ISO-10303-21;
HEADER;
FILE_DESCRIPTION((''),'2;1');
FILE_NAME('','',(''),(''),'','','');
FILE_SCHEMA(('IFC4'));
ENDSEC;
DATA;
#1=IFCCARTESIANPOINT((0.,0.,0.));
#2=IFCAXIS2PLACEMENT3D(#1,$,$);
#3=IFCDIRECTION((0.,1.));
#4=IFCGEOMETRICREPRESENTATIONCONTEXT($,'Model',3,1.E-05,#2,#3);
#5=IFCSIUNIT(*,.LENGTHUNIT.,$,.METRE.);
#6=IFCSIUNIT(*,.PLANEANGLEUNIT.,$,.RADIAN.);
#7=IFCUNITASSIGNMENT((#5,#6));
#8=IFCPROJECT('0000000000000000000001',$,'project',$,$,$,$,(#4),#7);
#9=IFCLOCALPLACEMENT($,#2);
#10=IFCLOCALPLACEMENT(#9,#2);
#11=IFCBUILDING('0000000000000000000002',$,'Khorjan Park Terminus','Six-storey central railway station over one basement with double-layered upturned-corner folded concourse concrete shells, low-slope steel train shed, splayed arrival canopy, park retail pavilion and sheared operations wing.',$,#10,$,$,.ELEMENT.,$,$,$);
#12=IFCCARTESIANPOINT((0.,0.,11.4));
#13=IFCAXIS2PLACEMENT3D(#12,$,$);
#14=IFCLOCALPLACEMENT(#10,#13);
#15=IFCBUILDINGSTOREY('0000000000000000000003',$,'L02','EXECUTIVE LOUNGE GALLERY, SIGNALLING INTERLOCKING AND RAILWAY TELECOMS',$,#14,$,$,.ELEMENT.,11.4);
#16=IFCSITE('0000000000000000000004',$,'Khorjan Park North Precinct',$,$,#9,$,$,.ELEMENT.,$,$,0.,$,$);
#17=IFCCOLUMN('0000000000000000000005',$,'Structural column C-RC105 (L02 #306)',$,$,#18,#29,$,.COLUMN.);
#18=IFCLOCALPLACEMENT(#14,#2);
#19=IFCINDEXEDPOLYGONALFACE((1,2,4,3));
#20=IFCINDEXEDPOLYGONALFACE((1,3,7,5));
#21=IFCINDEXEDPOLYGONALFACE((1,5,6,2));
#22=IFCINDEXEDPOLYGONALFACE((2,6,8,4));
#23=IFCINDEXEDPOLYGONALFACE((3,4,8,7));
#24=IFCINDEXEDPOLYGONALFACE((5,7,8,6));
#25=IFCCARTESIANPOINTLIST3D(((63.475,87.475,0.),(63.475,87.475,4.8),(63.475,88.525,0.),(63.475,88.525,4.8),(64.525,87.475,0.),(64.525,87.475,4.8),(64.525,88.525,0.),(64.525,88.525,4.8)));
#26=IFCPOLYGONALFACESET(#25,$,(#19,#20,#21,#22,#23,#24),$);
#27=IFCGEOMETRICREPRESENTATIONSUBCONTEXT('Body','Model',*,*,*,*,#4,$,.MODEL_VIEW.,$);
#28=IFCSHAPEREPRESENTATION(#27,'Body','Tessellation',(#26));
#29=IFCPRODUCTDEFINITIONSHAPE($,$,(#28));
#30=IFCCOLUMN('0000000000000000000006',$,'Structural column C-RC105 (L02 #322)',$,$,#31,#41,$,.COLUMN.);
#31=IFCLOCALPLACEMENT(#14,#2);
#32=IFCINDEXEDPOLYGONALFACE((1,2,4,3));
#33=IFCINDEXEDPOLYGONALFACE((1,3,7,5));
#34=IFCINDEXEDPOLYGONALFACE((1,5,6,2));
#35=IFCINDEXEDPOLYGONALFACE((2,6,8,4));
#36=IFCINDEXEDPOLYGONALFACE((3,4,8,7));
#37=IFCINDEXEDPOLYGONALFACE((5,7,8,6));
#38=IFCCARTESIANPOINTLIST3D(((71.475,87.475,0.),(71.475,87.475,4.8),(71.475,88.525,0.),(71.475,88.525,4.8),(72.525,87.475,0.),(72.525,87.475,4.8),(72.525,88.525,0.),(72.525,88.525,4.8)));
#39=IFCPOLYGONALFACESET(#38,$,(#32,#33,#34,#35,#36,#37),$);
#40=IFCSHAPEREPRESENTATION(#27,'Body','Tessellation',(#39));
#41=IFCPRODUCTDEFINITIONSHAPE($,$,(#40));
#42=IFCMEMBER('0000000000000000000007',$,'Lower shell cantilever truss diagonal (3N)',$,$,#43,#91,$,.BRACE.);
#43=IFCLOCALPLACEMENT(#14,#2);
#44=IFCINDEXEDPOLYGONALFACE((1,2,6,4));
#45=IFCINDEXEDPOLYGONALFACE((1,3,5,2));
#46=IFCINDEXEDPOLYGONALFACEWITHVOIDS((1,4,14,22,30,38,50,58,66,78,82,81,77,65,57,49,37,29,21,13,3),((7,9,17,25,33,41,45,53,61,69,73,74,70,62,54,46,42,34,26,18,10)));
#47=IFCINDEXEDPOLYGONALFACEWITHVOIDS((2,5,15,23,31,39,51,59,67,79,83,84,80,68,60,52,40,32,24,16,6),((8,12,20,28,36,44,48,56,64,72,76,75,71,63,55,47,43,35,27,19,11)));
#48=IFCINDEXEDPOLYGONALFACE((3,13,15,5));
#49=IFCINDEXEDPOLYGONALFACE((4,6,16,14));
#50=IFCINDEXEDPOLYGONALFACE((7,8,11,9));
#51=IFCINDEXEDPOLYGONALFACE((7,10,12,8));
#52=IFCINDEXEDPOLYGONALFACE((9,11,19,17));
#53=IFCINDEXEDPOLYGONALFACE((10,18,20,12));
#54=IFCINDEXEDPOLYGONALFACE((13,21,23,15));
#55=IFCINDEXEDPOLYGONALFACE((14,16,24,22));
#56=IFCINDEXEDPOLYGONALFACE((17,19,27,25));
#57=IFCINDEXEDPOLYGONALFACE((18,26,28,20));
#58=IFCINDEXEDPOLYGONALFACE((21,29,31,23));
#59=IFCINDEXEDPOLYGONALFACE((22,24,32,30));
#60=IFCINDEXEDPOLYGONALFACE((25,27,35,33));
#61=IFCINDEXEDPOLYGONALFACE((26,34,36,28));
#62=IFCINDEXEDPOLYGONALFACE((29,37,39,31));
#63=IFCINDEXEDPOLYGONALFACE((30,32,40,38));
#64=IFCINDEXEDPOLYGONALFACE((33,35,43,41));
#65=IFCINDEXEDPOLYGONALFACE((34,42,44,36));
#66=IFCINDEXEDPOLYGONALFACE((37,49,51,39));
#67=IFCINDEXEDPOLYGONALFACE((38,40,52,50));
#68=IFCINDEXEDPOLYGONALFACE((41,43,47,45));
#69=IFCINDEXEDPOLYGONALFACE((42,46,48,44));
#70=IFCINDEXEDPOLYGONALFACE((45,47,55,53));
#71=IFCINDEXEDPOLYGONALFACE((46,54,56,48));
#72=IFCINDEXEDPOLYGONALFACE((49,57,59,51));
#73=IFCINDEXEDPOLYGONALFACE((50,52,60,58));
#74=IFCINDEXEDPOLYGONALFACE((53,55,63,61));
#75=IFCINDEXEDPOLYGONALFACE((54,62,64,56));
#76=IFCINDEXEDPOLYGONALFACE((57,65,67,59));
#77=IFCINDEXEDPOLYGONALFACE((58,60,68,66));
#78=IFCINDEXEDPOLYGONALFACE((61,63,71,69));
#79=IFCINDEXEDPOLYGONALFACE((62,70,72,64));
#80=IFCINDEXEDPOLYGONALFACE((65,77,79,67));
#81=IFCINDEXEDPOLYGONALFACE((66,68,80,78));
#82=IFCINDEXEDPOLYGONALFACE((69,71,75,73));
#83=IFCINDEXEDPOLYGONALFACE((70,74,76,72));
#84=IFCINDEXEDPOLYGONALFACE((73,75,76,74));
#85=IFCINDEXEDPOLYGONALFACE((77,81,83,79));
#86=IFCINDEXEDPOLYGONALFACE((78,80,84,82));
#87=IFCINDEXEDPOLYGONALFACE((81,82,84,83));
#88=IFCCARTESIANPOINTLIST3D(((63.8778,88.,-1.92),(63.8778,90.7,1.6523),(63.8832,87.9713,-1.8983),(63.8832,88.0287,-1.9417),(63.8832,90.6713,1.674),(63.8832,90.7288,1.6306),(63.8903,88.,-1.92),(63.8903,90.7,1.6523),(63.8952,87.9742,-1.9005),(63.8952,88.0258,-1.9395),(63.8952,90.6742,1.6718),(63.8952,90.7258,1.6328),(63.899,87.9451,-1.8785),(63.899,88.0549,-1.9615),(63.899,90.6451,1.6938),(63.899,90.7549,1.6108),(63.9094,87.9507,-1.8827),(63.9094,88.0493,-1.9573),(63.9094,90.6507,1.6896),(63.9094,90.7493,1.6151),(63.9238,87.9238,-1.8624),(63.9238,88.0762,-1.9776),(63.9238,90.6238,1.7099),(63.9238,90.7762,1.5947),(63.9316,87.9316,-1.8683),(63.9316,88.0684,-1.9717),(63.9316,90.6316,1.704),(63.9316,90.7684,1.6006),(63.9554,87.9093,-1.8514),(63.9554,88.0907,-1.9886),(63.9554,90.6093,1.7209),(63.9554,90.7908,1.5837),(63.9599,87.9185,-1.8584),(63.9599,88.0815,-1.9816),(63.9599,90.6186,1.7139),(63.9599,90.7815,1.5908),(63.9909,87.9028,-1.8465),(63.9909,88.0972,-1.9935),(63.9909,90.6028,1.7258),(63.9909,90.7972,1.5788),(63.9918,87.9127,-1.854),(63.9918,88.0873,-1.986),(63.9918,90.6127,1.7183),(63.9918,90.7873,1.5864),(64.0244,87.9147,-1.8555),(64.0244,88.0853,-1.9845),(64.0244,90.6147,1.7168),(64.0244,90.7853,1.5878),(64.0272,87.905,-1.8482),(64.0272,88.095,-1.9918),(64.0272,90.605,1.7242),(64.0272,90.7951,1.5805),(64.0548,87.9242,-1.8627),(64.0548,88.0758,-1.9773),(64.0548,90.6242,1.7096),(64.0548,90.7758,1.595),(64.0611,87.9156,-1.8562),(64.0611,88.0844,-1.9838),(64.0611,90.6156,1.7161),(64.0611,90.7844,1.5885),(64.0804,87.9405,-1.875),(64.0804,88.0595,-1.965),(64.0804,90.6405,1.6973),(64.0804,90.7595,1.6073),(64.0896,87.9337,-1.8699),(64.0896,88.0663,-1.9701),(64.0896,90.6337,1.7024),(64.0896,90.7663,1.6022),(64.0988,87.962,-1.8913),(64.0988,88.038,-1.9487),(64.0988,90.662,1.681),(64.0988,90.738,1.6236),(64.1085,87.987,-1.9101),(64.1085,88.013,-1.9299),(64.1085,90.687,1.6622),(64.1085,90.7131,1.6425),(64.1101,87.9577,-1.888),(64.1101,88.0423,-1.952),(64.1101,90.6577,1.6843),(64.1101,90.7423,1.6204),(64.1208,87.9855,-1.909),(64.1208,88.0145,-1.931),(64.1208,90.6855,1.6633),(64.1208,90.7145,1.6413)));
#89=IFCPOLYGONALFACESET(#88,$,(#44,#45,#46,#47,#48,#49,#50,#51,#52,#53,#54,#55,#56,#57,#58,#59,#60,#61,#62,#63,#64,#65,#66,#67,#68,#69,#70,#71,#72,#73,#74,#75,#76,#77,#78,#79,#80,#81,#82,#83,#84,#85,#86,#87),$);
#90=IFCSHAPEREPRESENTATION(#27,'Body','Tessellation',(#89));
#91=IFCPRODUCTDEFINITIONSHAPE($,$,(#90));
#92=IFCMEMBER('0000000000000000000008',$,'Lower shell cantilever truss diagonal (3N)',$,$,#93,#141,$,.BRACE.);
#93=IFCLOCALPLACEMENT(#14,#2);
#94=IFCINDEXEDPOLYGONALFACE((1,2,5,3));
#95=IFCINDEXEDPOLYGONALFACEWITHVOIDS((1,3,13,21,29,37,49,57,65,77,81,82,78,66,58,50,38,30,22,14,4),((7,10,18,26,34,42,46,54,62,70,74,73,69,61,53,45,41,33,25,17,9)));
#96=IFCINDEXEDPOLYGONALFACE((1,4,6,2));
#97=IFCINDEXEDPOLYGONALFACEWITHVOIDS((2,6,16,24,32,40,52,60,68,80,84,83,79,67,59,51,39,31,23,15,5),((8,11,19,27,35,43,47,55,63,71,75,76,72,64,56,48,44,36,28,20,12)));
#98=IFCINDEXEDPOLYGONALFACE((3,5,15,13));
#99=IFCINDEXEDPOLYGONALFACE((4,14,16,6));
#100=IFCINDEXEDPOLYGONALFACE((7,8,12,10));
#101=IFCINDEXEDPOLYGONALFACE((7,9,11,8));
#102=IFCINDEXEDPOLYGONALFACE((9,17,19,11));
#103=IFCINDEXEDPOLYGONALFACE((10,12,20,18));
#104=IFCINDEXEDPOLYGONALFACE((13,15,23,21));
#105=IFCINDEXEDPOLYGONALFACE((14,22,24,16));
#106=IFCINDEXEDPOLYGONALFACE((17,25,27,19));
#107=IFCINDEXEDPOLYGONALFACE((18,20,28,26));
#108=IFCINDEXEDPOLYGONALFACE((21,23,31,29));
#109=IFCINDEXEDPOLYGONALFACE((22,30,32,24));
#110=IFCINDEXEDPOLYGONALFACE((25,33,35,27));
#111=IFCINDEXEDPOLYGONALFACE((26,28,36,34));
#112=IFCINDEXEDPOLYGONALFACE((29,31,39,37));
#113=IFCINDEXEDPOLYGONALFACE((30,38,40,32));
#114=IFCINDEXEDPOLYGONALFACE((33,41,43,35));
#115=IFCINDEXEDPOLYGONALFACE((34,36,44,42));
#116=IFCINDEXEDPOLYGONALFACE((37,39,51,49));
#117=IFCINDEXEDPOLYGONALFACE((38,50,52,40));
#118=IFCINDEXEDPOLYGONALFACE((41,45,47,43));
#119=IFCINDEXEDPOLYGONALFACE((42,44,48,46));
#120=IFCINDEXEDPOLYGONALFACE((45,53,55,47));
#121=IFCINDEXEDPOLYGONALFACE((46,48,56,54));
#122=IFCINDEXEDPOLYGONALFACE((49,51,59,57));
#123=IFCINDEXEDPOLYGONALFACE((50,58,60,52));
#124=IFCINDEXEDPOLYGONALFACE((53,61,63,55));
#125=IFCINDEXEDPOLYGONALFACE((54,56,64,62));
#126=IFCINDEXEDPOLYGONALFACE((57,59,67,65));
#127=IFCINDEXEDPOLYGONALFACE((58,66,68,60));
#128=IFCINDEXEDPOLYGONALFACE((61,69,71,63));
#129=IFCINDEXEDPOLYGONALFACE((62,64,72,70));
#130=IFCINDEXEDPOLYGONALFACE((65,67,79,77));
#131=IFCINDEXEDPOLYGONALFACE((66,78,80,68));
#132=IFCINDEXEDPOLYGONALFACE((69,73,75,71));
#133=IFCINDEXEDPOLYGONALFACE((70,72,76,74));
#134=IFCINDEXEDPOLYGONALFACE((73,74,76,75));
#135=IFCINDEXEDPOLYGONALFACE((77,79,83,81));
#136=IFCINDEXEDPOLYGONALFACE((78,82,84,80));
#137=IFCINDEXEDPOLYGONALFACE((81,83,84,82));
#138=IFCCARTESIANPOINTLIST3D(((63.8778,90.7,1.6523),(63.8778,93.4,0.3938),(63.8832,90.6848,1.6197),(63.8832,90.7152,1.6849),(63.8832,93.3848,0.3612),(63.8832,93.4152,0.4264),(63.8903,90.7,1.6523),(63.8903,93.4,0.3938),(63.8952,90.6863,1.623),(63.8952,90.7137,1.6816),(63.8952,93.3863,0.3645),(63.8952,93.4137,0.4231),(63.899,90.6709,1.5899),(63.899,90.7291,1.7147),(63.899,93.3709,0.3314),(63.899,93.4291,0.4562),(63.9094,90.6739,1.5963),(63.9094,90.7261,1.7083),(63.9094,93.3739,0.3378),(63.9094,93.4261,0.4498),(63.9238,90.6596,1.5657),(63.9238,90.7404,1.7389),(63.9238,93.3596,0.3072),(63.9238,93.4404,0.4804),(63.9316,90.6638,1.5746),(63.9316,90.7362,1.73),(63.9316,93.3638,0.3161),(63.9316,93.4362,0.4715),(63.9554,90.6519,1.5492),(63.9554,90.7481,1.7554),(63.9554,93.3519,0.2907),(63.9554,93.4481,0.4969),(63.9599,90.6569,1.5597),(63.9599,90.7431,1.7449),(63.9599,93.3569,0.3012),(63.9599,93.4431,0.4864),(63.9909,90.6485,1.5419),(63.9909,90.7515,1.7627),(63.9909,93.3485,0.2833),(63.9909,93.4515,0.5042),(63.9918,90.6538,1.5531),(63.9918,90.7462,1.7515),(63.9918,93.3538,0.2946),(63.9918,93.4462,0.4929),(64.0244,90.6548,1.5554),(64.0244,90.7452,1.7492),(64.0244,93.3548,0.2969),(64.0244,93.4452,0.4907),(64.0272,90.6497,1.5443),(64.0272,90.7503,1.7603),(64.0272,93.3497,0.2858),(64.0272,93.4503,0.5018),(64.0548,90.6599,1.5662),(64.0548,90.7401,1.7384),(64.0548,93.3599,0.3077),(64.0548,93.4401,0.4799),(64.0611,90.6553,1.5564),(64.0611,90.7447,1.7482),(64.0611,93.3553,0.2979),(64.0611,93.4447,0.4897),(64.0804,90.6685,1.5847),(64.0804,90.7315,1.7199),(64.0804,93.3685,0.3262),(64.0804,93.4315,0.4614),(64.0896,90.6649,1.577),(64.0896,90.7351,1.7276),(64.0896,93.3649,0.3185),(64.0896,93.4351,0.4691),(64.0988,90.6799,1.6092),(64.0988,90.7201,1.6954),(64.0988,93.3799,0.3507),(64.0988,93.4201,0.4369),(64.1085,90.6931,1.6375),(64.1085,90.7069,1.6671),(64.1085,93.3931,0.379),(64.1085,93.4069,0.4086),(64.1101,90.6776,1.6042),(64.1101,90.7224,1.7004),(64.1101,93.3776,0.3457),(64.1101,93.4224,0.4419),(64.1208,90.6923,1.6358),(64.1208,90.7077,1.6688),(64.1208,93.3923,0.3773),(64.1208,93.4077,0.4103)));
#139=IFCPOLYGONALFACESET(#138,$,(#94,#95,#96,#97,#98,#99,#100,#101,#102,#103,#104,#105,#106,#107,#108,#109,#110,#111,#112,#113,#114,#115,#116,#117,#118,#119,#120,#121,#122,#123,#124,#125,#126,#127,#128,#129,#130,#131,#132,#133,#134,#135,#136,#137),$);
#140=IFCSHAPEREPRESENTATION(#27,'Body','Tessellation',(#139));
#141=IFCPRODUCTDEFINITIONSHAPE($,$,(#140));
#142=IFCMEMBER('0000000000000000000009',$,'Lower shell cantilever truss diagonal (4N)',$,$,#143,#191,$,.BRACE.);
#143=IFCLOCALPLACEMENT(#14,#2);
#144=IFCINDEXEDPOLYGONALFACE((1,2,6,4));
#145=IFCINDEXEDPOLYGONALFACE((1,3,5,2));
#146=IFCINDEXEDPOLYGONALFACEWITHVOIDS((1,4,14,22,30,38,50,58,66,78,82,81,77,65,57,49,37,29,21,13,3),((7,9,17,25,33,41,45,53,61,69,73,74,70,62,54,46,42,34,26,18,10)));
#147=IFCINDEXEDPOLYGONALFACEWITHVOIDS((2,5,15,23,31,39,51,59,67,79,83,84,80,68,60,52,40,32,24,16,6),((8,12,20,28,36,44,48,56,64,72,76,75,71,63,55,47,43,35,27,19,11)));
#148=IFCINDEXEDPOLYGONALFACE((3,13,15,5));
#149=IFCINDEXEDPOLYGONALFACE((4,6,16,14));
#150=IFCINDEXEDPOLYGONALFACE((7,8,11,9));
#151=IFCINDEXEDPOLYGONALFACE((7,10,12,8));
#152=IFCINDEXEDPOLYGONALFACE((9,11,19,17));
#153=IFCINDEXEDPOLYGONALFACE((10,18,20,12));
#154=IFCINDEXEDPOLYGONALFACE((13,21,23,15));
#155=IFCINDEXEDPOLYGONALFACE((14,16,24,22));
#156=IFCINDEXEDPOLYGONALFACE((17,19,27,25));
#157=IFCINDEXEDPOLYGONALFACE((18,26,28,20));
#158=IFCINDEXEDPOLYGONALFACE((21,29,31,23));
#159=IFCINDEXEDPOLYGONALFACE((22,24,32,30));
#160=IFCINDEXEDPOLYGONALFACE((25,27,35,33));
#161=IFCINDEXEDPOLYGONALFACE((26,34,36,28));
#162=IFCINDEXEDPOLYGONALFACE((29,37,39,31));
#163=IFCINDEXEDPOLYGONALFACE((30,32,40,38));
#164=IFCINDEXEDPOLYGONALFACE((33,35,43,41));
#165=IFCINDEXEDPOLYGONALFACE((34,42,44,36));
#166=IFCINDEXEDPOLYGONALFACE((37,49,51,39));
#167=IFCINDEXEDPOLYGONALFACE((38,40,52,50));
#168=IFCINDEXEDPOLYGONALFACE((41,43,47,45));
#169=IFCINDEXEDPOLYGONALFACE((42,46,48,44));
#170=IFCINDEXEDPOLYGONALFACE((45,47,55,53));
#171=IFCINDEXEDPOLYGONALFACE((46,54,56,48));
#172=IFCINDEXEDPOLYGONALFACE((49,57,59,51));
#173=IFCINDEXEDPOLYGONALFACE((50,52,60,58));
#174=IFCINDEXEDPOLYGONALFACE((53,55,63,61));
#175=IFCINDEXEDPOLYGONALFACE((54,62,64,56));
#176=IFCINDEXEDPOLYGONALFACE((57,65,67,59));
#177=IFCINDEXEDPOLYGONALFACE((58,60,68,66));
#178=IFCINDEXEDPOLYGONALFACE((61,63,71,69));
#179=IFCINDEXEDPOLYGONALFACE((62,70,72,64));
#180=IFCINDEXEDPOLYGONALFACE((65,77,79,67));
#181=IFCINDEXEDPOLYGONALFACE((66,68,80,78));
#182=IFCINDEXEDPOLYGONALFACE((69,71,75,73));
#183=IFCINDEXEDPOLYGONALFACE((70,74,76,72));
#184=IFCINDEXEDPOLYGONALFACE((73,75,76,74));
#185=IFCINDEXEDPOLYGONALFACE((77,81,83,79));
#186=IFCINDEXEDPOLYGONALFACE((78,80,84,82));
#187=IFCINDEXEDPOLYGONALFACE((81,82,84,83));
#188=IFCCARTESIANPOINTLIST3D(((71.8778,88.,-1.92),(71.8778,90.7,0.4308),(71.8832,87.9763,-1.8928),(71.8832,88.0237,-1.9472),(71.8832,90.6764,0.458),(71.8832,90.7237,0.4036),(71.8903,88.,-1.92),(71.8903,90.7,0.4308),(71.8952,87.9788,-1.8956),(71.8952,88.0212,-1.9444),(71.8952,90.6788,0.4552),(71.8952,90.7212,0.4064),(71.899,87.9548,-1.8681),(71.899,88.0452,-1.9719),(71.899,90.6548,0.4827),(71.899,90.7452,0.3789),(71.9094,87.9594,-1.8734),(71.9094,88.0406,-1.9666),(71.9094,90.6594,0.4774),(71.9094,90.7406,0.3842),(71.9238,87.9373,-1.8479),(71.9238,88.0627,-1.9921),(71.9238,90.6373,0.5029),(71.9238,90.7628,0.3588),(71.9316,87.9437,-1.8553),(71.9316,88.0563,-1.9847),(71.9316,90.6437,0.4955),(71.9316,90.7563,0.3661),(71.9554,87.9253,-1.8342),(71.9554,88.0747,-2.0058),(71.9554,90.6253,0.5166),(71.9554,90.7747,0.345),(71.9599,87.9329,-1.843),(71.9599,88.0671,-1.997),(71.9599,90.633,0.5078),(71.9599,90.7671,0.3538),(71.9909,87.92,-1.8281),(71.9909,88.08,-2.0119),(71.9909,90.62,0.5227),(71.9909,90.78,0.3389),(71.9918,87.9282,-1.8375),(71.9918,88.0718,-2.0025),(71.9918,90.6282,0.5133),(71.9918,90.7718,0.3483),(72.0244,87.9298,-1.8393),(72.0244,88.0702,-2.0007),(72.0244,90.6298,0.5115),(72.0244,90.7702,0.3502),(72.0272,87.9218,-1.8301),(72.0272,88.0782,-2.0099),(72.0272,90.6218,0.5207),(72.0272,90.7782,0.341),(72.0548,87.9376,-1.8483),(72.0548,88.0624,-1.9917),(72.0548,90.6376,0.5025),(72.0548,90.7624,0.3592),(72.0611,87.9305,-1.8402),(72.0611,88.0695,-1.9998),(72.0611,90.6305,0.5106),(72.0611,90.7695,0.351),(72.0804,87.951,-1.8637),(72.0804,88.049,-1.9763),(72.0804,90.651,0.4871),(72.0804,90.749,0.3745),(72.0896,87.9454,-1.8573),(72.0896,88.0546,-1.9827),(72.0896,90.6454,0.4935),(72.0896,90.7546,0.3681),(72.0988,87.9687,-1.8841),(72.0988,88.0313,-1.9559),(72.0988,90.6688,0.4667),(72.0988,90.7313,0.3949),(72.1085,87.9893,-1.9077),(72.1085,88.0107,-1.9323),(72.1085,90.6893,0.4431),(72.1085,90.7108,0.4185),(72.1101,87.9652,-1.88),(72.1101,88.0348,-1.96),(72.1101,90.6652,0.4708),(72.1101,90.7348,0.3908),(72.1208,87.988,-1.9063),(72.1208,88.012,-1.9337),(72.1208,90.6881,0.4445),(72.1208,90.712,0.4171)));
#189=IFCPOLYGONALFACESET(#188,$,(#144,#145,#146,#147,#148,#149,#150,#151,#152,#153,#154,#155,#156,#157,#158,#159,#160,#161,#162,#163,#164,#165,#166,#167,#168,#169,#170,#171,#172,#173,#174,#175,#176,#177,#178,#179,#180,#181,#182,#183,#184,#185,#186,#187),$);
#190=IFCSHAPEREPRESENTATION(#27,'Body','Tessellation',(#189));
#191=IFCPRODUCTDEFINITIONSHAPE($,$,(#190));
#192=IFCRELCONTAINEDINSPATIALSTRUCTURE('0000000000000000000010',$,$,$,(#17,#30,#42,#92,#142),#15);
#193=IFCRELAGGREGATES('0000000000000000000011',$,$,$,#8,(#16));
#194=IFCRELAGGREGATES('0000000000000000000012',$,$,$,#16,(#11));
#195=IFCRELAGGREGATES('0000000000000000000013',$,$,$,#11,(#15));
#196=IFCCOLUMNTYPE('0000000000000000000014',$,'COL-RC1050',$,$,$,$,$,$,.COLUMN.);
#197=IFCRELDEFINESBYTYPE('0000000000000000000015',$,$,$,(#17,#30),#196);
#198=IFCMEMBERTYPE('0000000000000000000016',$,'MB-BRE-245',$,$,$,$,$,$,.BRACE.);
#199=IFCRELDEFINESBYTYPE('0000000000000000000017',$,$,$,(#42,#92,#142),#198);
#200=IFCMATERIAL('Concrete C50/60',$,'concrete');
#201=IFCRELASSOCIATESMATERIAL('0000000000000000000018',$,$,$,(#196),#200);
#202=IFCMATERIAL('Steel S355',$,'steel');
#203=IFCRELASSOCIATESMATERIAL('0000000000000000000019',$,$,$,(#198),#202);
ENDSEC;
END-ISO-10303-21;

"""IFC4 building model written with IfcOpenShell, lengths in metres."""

from ifc_helpers import new_model, si_unit, direction, frame, origin, origin_2d, place, context, subcontext, project, spatial, rectangle, hollow_circle, extrude, material, material_profile, profile_set, type_object, element, save


model = new_model("IFC4")

# Units and contexts
model_context = context("Model", 3, precision=1e-05, world=origin(), true_north=direction((0.0, 1.0)))
body_context = subcontext(model_context, "Body", "Model", "MODEL_VIEW")
ifc_project = project(units=[si_unit("LENGTHUNIT", "METRE"), si_unit("PLANEANGLEUNIT", "RADIAN")], contexts=[model_context])

# Site, building, storey
site_placement = place(None, origin())
site = spatial("IfcSite", under=ifc_project, at=site_placement, Name="Khorjan Park North Precinct", CompositionType="ELEMENT", RefElevation=0.0)
building_placement = place(site_placement, origin())
building = spatial("IfcBuilding", under=site, at=building_placement, Name="Khorjan Park Terminus", Description="Six-storey central railway station over one basement with double-layered upturned-corner folded concourse concrete shells, low-slope steel train shed, splayed arrival canopy, park retail pavilion and sheared operations wing.", CompositionType="ELEMENT")
storey_placement = place(building_placement, frame((0.0, 0.0, 11.4)))
storey = spatial("IfcBuildingStorey", under=building, at=storey_placement, Name="L02", Description="EXECUTIVE LOUNGE GALLERY, SIGNALLING INTERLOCKING AND RAILWAY TELECOMS", CompositionType="ELEMENT", Elevation=11.4)

# Columns
ifc_material_1 = material(Name="Concrete C50/60", Category="concrete")
ifc_material_profile_1 = material_profile(ifc_material_1, rectangle(XDim=1.05, YDim=1.05, at=origin_2d()), Name="RC 1050x1050")
ifc_profile_set_1 = profile_set([ifc_material_profile_1], Name="Concrete C50/60")
column_type = type_object("IfcColumnType", Name="COL-RC1050", PredefinedType="COLUMN", material=ifc_profile_set_1)
for number, where, z_axis, x_axis, name in (
    (1, (64.0, 88.0, 0.0), (0.0, 0.0, 1.0), (1.0, 0.0, 0.0), "Structural column C-RC105 (L02 #306)"),
    (2, (72.0, 88.0, 0.0), (0.0, 0.0, 1.0), (1.0, 0.0, 0.0), "Structural column C-RC105 (L02 #322)"),
):
    element("IfcColumn", number, at=place(storey_placement, frame(where, z_axis=z_axis, x_axis=x_axis)), inside=storey, type_object=column_type, Name=name, PredefinedType="COLUMN", context=body_context, shape_type="SweptSolid", body=[
        extrude(rectangle(XDim=1.05, YDim=1.05, at=origin_2d()), origin(), (0.0, 0.0, 1.0), 4.8),
    ])

# Members
ifc_material_2 = material(Name="Steel S355", Category="steel")
ifc_material_profile_2 = material_profile(ifc_material_2, hollow_circle(Radius=0.1222, WallThickness=0.0125, at=origin_2d()), Name="CHS 244.5x12.5")
ifc_profile_set_2 = profile_set([ifc_material_profile_2], Name="Steel S355")
member_type_1 = type_object("IfcMemberType", Name="MB-BRE-245", PredefinedType="BRACE", material=ifc_profile_set_2)
member_1_placement = place(storey_placement, frame((64.0, 88.0, -1.92), z_axis=(0.0, 0.602965, 0.797768), x_axis=(-1.0, 0.0, 0.0)))
element("IfcMember", 3, at=member_1_placement, inside=storey, type_object=member_type_1, Name="Lower shell cantilever truss diagonal (3N)", PredefinedType="BRACE", context=body_context, shape_type="SweptSolid", body=[
    extrude(hollow_circle(Radius=0.1222, WallThickness=0.0125, at=origin_2d()), origin(), (0.0, 0.0, 1.0), 4.4779),
])
member_2_placement = place(storey_placement, frame((64.0, 90.7, 1.6523), z_axis=(0.0, 0.906376, -0.422472), x_axis=(-1.0, 0.0, 0.0)))
element("IfcMember", 4, at=member_2_placement, inside=storey, type_object=member_type_1, Name="Lower shell cantilever truss diagonal (3N)", PredefinedType="BRACE", context=body_context, shape_type="SweptSolid", body=[
    extrude(hollow_circle(Radius=0.1222, WallThickness=0.0125, at=origin_2d()), origin(), (0.0, 0.0, 1.0), 2.9789),
])
member_3_placement = place(storey_placement, frame((72.0, 88.0, -1.92), z_axis=(0.0, 0.754194, 0.656652), x_axis=(-1.0, 0.0, 0.0)))
element("IfcMember", 5, at=member_3_placement, inside=storey, type_object=member_type_1, Name="Lower shell cantilever truss diagonal (4N)", PredefinedType="BRACE", context=body_context, shape_type="SweptSolid", body=[
    extrude(hollow_circle(Radius=0.1222, WallThickness=0.0125, at=origin_2d()), origin(), (0.0, 0.0, 1.0), 3.58),
])

save(model, "model.ifc")
